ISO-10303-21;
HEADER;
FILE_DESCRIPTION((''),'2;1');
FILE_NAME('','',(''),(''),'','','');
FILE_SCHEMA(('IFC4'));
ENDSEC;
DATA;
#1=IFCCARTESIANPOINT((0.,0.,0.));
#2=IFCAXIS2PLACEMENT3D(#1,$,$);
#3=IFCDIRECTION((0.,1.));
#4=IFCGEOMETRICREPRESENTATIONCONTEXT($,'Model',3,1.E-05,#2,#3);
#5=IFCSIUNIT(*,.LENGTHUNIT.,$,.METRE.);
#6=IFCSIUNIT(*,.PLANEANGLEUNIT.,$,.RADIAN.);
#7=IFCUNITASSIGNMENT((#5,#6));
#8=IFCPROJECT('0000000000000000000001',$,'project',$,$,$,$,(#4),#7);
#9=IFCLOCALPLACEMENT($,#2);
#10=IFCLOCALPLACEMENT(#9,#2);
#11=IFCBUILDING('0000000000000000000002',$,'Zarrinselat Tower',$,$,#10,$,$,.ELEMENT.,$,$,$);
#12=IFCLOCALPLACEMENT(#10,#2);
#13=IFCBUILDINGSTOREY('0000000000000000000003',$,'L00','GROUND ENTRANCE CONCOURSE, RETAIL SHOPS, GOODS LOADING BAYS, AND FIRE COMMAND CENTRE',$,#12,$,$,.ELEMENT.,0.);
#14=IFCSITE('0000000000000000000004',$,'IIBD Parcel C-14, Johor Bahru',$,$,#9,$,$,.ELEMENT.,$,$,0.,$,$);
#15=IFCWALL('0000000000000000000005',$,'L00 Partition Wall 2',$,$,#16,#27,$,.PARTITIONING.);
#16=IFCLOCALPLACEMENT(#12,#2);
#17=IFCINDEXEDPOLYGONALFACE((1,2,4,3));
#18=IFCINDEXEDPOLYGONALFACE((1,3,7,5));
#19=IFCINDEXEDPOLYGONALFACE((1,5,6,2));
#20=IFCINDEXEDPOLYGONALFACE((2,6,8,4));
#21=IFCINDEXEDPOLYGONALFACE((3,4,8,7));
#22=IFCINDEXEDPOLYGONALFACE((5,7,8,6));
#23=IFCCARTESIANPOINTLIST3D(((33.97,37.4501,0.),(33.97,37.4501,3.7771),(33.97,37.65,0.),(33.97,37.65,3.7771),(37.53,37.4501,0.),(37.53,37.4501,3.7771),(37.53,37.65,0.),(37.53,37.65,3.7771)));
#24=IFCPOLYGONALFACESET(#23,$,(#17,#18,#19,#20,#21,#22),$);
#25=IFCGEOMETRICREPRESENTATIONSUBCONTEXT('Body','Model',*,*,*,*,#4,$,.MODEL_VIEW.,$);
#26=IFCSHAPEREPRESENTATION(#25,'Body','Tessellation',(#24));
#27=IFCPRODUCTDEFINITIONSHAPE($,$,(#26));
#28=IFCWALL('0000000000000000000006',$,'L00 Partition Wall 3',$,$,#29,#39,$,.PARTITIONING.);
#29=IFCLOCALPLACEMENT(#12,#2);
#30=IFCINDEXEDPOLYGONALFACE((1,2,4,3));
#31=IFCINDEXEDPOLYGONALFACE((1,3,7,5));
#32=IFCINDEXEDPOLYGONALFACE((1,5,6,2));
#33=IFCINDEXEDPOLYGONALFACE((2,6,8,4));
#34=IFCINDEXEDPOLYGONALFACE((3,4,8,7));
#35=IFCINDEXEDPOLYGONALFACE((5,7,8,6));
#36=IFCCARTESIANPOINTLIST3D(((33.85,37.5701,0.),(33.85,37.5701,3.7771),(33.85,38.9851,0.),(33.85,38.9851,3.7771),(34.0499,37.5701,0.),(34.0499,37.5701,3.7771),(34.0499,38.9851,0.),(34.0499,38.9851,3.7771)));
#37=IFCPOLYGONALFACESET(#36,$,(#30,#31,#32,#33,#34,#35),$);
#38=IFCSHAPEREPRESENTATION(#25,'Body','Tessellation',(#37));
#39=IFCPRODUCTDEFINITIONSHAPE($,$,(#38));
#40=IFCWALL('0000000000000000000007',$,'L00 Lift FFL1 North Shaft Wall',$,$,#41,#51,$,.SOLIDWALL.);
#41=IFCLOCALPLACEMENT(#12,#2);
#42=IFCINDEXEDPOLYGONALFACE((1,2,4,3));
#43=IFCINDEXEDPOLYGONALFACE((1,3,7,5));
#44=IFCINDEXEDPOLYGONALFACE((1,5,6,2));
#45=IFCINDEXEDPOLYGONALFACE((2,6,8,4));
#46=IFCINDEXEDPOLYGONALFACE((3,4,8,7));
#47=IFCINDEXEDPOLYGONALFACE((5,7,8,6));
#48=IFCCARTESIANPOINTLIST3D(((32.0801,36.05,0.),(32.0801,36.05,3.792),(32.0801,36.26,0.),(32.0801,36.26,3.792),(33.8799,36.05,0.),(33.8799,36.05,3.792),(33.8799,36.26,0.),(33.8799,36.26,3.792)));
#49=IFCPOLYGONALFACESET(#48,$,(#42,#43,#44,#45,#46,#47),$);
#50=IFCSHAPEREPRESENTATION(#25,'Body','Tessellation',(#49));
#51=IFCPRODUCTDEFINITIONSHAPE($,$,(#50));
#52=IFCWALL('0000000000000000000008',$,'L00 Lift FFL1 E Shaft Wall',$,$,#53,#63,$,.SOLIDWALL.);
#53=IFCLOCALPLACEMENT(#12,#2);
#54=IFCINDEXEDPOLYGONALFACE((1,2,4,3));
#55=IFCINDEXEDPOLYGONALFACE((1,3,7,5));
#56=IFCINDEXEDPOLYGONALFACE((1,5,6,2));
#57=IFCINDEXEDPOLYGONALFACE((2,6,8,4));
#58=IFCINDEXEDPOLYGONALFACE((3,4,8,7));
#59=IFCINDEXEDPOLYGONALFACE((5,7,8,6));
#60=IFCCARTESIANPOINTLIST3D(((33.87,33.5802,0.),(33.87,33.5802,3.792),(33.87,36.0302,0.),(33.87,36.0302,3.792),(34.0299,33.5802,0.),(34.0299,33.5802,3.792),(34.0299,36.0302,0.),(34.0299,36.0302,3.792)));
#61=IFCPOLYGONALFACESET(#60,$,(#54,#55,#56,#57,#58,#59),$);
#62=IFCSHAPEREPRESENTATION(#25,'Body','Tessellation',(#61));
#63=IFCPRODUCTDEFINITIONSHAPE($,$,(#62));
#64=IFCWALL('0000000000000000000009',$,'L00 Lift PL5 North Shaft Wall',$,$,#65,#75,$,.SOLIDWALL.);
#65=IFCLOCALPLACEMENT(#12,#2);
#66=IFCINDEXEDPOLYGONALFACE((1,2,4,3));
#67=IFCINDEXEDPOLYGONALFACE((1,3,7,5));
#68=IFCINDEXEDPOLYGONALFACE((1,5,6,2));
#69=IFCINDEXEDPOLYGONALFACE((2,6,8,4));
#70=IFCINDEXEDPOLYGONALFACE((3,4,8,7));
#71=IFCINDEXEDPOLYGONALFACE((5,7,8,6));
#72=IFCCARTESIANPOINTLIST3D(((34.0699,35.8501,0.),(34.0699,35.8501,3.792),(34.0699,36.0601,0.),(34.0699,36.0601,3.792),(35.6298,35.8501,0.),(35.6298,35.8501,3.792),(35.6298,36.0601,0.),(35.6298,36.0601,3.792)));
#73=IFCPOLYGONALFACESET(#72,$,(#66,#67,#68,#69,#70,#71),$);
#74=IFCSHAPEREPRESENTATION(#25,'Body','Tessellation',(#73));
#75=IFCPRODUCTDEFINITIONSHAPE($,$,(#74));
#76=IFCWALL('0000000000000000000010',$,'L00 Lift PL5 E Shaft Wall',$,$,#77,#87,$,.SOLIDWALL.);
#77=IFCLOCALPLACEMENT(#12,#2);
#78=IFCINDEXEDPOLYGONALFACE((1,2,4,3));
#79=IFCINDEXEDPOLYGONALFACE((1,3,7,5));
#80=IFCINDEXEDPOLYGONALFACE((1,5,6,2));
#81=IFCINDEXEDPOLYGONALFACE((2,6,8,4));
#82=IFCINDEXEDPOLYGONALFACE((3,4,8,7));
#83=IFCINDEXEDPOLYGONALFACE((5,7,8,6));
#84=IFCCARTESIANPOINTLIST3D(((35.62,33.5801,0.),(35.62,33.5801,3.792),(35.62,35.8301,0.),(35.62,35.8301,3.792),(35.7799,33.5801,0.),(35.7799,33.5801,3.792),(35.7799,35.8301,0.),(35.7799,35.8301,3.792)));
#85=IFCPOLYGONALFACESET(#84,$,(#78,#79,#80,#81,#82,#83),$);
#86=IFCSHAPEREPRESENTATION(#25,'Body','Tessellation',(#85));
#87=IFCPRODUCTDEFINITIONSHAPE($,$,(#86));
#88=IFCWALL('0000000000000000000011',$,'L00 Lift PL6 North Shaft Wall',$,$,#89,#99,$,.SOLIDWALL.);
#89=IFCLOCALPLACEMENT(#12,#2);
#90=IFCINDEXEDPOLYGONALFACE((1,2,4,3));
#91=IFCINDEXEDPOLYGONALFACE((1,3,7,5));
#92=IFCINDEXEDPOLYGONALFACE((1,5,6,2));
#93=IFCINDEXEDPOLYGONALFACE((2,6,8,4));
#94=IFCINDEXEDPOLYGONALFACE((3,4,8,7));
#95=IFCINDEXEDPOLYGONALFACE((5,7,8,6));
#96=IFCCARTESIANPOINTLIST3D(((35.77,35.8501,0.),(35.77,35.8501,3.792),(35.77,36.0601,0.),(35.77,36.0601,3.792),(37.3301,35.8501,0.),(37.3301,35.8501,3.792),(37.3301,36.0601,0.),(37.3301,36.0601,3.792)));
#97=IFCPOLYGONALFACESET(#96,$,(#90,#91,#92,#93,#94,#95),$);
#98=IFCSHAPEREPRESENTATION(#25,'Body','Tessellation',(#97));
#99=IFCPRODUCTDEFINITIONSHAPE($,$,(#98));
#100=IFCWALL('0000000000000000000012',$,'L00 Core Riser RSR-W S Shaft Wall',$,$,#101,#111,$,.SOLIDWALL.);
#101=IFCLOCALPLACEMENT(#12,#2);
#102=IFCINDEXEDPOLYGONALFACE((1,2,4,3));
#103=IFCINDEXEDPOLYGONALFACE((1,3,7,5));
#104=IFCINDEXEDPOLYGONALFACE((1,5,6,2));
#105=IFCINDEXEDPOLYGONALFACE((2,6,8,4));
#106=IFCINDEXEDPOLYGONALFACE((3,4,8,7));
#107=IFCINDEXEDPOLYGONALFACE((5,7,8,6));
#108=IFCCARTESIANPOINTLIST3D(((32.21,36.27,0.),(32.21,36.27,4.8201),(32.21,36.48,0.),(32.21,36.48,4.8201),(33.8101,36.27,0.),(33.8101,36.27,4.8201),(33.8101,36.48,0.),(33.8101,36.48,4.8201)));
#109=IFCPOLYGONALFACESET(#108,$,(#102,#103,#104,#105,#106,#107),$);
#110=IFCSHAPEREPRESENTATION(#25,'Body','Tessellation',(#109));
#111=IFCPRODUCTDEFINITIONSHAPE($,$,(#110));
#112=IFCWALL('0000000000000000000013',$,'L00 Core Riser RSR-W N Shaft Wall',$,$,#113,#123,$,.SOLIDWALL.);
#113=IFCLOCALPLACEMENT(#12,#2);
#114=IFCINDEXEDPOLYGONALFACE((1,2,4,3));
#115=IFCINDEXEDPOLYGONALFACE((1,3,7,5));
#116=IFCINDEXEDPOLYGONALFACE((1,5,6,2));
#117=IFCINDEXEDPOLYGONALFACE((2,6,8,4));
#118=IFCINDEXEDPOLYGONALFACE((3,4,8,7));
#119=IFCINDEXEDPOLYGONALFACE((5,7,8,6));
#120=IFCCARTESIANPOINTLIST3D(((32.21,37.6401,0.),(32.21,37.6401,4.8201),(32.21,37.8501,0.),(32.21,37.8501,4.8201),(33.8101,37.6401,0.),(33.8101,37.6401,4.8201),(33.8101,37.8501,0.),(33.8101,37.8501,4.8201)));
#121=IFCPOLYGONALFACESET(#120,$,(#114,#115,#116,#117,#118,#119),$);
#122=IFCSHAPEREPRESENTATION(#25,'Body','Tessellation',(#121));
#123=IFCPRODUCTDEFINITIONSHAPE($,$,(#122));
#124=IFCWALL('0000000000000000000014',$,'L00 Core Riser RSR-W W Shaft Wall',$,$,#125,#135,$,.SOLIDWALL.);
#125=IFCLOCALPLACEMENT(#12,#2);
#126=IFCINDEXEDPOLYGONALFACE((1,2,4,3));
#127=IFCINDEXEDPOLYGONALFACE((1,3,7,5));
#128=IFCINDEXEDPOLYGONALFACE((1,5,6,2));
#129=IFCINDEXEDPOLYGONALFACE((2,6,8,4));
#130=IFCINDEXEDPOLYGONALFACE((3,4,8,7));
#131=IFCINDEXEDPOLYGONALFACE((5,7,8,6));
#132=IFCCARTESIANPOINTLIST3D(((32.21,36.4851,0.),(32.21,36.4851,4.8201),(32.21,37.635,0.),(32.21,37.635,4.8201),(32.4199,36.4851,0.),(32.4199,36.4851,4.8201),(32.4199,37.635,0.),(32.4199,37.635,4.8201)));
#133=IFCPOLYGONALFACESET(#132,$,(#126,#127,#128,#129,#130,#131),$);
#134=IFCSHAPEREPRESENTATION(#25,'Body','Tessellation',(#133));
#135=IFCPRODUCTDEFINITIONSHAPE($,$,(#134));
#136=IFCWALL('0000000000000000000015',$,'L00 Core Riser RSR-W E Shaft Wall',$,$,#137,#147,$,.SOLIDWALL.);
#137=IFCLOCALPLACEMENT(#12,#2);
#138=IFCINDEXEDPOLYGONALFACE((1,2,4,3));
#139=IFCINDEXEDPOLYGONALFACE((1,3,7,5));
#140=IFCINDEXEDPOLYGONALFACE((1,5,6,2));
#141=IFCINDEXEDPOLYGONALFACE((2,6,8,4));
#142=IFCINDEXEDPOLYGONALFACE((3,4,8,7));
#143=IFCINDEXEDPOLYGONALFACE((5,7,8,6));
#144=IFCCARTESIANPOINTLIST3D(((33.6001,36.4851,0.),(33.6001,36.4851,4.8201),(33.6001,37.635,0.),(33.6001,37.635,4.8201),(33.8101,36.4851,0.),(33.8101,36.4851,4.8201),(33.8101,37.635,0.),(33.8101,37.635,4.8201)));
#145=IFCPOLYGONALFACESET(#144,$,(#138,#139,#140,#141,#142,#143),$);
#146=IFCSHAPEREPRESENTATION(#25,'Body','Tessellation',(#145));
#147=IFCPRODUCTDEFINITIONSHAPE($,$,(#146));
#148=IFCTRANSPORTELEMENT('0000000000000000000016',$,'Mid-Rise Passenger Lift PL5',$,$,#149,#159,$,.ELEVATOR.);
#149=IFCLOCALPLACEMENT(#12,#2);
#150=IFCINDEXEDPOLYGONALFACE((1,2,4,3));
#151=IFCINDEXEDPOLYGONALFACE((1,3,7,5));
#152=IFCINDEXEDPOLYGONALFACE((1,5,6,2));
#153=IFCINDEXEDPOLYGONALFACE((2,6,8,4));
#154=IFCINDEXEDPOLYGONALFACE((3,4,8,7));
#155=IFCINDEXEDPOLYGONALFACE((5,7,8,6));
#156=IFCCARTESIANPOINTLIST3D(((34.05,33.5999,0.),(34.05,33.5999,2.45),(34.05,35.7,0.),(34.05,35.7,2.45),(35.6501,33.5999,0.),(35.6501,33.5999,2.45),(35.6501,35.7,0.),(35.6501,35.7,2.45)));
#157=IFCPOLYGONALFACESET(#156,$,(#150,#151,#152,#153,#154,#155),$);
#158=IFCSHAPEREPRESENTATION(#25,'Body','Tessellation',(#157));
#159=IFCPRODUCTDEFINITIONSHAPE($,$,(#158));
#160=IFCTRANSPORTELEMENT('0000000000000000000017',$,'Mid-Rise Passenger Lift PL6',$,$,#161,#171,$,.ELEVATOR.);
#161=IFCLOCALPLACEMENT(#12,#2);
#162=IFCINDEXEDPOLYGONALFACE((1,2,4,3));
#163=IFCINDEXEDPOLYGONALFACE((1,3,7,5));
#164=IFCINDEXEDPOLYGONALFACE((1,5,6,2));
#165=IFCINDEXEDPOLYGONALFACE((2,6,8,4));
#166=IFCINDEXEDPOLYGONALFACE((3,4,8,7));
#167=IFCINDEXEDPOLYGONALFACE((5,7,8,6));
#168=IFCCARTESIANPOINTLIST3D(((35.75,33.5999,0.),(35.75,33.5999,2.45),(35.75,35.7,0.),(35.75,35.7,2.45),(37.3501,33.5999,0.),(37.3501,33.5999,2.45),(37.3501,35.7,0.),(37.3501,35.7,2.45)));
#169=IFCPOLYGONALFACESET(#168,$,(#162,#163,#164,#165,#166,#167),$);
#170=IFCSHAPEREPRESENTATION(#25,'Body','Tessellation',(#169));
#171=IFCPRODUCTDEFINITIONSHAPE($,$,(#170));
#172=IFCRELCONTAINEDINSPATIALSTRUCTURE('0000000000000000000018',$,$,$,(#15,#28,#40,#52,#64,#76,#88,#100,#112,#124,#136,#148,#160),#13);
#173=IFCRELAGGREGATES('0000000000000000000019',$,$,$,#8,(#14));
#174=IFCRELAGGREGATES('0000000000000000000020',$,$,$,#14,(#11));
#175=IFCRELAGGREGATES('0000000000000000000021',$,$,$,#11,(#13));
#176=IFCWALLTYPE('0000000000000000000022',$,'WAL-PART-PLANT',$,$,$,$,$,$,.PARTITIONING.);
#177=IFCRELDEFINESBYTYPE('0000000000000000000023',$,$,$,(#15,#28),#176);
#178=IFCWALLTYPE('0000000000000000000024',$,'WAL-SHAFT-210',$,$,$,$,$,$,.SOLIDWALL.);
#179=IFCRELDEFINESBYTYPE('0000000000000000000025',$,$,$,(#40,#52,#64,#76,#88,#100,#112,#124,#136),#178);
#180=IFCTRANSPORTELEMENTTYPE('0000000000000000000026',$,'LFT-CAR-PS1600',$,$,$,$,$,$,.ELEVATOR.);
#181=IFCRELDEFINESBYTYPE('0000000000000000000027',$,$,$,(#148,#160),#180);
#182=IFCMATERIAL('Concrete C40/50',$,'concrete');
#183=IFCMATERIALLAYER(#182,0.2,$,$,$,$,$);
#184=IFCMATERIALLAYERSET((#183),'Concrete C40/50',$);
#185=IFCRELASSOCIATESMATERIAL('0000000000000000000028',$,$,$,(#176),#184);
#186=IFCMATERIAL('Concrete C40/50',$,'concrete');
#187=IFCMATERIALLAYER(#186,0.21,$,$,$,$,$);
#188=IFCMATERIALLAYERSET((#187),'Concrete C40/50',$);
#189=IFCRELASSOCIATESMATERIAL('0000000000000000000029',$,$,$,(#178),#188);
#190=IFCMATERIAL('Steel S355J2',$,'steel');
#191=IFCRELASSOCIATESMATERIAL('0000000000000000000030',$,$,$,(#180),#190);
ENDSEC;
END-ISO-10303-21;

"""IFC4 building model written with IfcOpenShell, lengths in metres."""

from ifc_helpers import new_model, si_unit, direction, frame, frame_2d, origin, origin_2d, place, context, subcontext, project, spatial, rectangle, extrude, material, layer, layer_set, type_object, element, save


model = new_model("IFC4")

# Units and contexts
model_context = context("Model", 3, precision=1e-05, world=origin(), true_north=direction((0.0, 1.0)))
body_context = subcontext(model_context, "Body", "Model", "MODEL_VIEW")
ifc_project = project(units=[si_unit("LENGTHUNIT", "METRE"), si_unit("PLANEANGLEUNIT", "RADIAN")], contexts=[model_context])

# Site, building, storey
site_placement = place(None, origin())
site = spatial("IfcSite", under=ifc_project, at=site_placement, Name="IIBD Parcel C-14, Johor Bahru", CompositionType="ELEMENT", RefElevation=0.0)
building_placement = place(site_placement, origin())
building = spatial("IfcBuilding", under=site, at=building_placement, Name="Zarrinselat Tower", CompositionType="ELEMENT")
storey_placement = place(building_placement, origin())
storey = spatial("IfcBuildingStorey", under=building, at=storey_placement, Name="L00", Description="GROUND ENTRANCE CONCOURSE, RETAIL SHOPS, GOODS LOADING BAYS, AND FIRE COMMAND CENTRE", CompositionType="ELEMENT", Elevation=0.0)

# Walls
ifc_material_1 = material(Name="Concrete C40/50", Category="concrete")
ifc_layer_1 = layer(ifc_material_1, 0.2)
ifc_layer_set_1 = layer_set([ifc_layer_1], Name="Concrete C40/50")
wall_type_1 = type_object("IfcWallType", Name="WAL-PART-PLANT", PredefinedType="PARTITIONING", material=ifc_layer_set_1)
wall_1_placement = place(storey_placement, frame((33.97, 37.55, 0.0), z_axis=(0.0, 0.0, 1.0), x_axis=(1.0, 0.0, 0.0)))
element("IfcWall", 1, at=wall_1_placement, inside=storey, type_object=wall_type_1, Name="L00 Partition Wall 2", PredefinedType="PARTITIONING", context=body_context, shape_type="SweptSolid", body=[
    extrude(rectangle(XDim=3.5601, YDim=0.2, at=frame_2d((1.78, 0.0))), origin(), (0.0, 0.0, 1.0), 3.7771),
])
wall_2_placement = place(storey_placement, frame((33.95, 37.5701, 0.0), z_axis=(0.0, 0.0, 1.0), x_axis=(0.0, 1.0, 0.0)))
element("IfcWall", 2, at=wall_2_placement, inside=storey, type_object=wall_type_1, Name="L00 Partition Wall 3", PredefinedType="PARTITIONING", context=body_context, shape_type="SweptSolid", body=[
    extrude(rectangle(XDim=1.415, YDim=0.2, at=frame_2d((0.7075, 0.0))), origin(), (0.0, 0.0, 1.0), 3.7771),
])
ifc_material_2 = material(Name="Concrete C40/50", Category="concrete")
ifc_layer_2 = layer(ifc_material_2, 0.21)
ifc_layer_set_2 = layer_set([ifc_layer_2], Name="Concrete C40/50")
wall_type_2 = type_object("IfcWallType", Name="WAL-SHAFT-210", PredefinedType="SOLIDWALL", material=ifc_layer_set_2)
wall_3_placement = place(storey_placement, frame((32.0801, 36.155, 0.0), z_axis=(0.0, 0.0, 1.0), x_axis=(1.0, 0.0, 0.0)))
element("IfcWall", 3, at=wall_3_placement, inside=storey, type_object=wall_type_2, Name="L00 Lift FFL1 North Shaft Wall", PredefinedType="SOLIDWALL", context=body_context, shape_type="SweptSolid", body=[
    extrude(rectangle(XDim=1.7998, YDim=0.21, at=frame_2d((0.8999, 0.0))), origin(), (0.0, 0.0, 1.0), 3.792),
])
wall_4_placement = place(storey_placement, frame((33.95, 33.5801, 0.0), z_axis=(0.0, 0.0, 1.0), x_axis=(0.0, 1.0, 0.0)))
element("IfcWall", 4, at=wall_4_placement, inside=storey, type_object=wall_type_2, Name="L00 Lift FFL1 E Shaft Wall", PredefinedType="SOLIDWALL", context=body_context, shape_type="SweptSolid", body=[
    extrude(rectangle(XDim=2.45, YDim=0.1599, at=frame_2d((1.2251, 0.0))), origin(), (0.0, 0.0, 1.0), 3.792),
])
wall_5_placement = place(storey_placement, frame((34.0701, 35.9551, 0.0), z_axis=(0.0, 0.0, 1.0), x_axis=(1.0, 0.0, 0.0)))
element("IfcWall", 5, at=wall_5_placement, inside=storey, type_object=wall_type_2, Name="L00 Lift PL5 North Shaft Wall", PredefinedType="SOLIDWALL", context=body_context, shape_type="SweptSolid", body=[
    extrude(rectangle(XDim=1.5598, YDim=0.21, at=frame_2d((0.7798, 0.0))), origin(), (0.0, 0.0, 1.0), 3.792),
])
wall_6_placement = place(storey_placement, frame((35.7, 33.5801, 0.0), z_axis=(0.0, 0.0, 1.0), x_axis=(0.0, 1.0, 0.0)))
element("IfcWall", 6, at=wall_6_placement, inside=storey, type_object=wall_type_2, Name="L00 Lift PL5 E Shaft Wall", PredefinedType="SOLIDWALL", context=body_context, shape_type="SweptSolid", body=[
    extrude(rectangle(XDim=2.25, YDim=0.1599, at=frame_2d((1.125, 0.0))), origin(), (0.0, 0.0, 1.0), 3.792),
])
wall_7_placement = place(storey_placement, frame((35.77, 35.9551, 0.0), z_axis=(0.0, 0.0, 1.0), x_axis=(1.0, 0.0, 0.0)))
element("IfcWall", 7, at=wall_7_placement, inside=storey, type_object=wall_type_2, Name="L00 Lift PL6 North Shaft Wall", PredefinedType="SOLIDWALL", context=body_context, shape_type="SweptSolid", body=[
    extrude(rectangle(XDim=1.5601, YDim=0.21, at=frame_2d((0.78, 0.0))), origin(), (0.0, 0.0, 1.0), 3.792),
])
for number, where, z_axis, x_axis, name in (
    (8, (32.21, 36.375, 0.0), (0.0, 0.0, 1.0), (1.0, 0.0, 0.0), "L00 Core Riser RSR-W S Shaft Wall"),
    (9, (32.21, 37.7451, 0.0), (0.0, 0.0, 1.0), (1.0, 0.0, 0.0), "L00 Core Riser RSR-W N Shaft Wall"),
):
    element("IfcWall", number, at=place(storey_placement, frame(where, z_axis=z_axis, x_axis=x_axis)), inside=storey, type_object=wall_type_2, Name=name, PredefinedType="SOLIDWALL", context=body_context, shape_type="SweptSolid", body=[
        extrude(rectangle(XDim=1.6001, YDim=0.21, at=frame_2d((0.8, 0.0))), origin(), (0.0, 0.0, 1.0), 4.8201),
    ])
for number, where, z_axis, x_axis, name in (
    (10, (32.3149, 36.4851, 0.0), (0.0, 0.0, 1.0), (0.0, 1.0, 0.0), "L00 Core Riser RSR-W W Shaft Wall"),
    (11, (33.7051, 36.4851, 0.0), (0.0, 0.0, 1.0), (0.0, 1.0, 0.0), "L00 Core Riser RSR-W E Shaft Wall"),
):
    element("IfcWall", number, at=place(storey_placement, frame(where, z_axis=z_axis, x_axis=x_axis)), inside=storey, type_object=wall_type_2, Name=name, PredefinedType="SOLIDWALL", context=body_context, shape_type="SweptSolid", body=[
        extrude(rectangle(XDim=1.1499, YDim=0.21, at=frame_2d((0.575, 0.0))), origin(), (0.0, 0.0, 1.0), 4.8201),
    ])

# Transport elements
ifc_material_3 = material(Name="Steel S355J2", Category="steel")
transport_element_type = type_object("IfcTransportElementType", Name="LFT-CAR-PS1600", PredefinedType="ELEVATOR", material=ifc_material_3)
for number, where, z_axis, x_axis, name in (
    (12, (34.8501, 34.6499, 0.0), (0.0, 0.0, 1.0), (1.0, 0.0, 0.0), "Mid-Rise Passenger Lift PL5"),
    (13, (36.55, 34.6499, 0.0), (0.0, 0.0, 1.0), (1.0, 0.0, 0.0), "Mid-Rise Passenger Lift PL6"),
):
    element("IfcTransportElement", number, at=place(storey_placement, frame(where, z_axis=z_axis, x_axis=x_axis)), inside=storey, type_object=transport_element_type, Name=name, PredefinedType="ELEVATOR", context=body_context, shape_type="SweptSolid", body=[
        extrude(rectangle(XDim=1.6001, YDim=2.1001, at=origin_2d()), origin(), (0.0, 0.0, 1.0), 2.45),
    ])

save(model, "model.ifc")
